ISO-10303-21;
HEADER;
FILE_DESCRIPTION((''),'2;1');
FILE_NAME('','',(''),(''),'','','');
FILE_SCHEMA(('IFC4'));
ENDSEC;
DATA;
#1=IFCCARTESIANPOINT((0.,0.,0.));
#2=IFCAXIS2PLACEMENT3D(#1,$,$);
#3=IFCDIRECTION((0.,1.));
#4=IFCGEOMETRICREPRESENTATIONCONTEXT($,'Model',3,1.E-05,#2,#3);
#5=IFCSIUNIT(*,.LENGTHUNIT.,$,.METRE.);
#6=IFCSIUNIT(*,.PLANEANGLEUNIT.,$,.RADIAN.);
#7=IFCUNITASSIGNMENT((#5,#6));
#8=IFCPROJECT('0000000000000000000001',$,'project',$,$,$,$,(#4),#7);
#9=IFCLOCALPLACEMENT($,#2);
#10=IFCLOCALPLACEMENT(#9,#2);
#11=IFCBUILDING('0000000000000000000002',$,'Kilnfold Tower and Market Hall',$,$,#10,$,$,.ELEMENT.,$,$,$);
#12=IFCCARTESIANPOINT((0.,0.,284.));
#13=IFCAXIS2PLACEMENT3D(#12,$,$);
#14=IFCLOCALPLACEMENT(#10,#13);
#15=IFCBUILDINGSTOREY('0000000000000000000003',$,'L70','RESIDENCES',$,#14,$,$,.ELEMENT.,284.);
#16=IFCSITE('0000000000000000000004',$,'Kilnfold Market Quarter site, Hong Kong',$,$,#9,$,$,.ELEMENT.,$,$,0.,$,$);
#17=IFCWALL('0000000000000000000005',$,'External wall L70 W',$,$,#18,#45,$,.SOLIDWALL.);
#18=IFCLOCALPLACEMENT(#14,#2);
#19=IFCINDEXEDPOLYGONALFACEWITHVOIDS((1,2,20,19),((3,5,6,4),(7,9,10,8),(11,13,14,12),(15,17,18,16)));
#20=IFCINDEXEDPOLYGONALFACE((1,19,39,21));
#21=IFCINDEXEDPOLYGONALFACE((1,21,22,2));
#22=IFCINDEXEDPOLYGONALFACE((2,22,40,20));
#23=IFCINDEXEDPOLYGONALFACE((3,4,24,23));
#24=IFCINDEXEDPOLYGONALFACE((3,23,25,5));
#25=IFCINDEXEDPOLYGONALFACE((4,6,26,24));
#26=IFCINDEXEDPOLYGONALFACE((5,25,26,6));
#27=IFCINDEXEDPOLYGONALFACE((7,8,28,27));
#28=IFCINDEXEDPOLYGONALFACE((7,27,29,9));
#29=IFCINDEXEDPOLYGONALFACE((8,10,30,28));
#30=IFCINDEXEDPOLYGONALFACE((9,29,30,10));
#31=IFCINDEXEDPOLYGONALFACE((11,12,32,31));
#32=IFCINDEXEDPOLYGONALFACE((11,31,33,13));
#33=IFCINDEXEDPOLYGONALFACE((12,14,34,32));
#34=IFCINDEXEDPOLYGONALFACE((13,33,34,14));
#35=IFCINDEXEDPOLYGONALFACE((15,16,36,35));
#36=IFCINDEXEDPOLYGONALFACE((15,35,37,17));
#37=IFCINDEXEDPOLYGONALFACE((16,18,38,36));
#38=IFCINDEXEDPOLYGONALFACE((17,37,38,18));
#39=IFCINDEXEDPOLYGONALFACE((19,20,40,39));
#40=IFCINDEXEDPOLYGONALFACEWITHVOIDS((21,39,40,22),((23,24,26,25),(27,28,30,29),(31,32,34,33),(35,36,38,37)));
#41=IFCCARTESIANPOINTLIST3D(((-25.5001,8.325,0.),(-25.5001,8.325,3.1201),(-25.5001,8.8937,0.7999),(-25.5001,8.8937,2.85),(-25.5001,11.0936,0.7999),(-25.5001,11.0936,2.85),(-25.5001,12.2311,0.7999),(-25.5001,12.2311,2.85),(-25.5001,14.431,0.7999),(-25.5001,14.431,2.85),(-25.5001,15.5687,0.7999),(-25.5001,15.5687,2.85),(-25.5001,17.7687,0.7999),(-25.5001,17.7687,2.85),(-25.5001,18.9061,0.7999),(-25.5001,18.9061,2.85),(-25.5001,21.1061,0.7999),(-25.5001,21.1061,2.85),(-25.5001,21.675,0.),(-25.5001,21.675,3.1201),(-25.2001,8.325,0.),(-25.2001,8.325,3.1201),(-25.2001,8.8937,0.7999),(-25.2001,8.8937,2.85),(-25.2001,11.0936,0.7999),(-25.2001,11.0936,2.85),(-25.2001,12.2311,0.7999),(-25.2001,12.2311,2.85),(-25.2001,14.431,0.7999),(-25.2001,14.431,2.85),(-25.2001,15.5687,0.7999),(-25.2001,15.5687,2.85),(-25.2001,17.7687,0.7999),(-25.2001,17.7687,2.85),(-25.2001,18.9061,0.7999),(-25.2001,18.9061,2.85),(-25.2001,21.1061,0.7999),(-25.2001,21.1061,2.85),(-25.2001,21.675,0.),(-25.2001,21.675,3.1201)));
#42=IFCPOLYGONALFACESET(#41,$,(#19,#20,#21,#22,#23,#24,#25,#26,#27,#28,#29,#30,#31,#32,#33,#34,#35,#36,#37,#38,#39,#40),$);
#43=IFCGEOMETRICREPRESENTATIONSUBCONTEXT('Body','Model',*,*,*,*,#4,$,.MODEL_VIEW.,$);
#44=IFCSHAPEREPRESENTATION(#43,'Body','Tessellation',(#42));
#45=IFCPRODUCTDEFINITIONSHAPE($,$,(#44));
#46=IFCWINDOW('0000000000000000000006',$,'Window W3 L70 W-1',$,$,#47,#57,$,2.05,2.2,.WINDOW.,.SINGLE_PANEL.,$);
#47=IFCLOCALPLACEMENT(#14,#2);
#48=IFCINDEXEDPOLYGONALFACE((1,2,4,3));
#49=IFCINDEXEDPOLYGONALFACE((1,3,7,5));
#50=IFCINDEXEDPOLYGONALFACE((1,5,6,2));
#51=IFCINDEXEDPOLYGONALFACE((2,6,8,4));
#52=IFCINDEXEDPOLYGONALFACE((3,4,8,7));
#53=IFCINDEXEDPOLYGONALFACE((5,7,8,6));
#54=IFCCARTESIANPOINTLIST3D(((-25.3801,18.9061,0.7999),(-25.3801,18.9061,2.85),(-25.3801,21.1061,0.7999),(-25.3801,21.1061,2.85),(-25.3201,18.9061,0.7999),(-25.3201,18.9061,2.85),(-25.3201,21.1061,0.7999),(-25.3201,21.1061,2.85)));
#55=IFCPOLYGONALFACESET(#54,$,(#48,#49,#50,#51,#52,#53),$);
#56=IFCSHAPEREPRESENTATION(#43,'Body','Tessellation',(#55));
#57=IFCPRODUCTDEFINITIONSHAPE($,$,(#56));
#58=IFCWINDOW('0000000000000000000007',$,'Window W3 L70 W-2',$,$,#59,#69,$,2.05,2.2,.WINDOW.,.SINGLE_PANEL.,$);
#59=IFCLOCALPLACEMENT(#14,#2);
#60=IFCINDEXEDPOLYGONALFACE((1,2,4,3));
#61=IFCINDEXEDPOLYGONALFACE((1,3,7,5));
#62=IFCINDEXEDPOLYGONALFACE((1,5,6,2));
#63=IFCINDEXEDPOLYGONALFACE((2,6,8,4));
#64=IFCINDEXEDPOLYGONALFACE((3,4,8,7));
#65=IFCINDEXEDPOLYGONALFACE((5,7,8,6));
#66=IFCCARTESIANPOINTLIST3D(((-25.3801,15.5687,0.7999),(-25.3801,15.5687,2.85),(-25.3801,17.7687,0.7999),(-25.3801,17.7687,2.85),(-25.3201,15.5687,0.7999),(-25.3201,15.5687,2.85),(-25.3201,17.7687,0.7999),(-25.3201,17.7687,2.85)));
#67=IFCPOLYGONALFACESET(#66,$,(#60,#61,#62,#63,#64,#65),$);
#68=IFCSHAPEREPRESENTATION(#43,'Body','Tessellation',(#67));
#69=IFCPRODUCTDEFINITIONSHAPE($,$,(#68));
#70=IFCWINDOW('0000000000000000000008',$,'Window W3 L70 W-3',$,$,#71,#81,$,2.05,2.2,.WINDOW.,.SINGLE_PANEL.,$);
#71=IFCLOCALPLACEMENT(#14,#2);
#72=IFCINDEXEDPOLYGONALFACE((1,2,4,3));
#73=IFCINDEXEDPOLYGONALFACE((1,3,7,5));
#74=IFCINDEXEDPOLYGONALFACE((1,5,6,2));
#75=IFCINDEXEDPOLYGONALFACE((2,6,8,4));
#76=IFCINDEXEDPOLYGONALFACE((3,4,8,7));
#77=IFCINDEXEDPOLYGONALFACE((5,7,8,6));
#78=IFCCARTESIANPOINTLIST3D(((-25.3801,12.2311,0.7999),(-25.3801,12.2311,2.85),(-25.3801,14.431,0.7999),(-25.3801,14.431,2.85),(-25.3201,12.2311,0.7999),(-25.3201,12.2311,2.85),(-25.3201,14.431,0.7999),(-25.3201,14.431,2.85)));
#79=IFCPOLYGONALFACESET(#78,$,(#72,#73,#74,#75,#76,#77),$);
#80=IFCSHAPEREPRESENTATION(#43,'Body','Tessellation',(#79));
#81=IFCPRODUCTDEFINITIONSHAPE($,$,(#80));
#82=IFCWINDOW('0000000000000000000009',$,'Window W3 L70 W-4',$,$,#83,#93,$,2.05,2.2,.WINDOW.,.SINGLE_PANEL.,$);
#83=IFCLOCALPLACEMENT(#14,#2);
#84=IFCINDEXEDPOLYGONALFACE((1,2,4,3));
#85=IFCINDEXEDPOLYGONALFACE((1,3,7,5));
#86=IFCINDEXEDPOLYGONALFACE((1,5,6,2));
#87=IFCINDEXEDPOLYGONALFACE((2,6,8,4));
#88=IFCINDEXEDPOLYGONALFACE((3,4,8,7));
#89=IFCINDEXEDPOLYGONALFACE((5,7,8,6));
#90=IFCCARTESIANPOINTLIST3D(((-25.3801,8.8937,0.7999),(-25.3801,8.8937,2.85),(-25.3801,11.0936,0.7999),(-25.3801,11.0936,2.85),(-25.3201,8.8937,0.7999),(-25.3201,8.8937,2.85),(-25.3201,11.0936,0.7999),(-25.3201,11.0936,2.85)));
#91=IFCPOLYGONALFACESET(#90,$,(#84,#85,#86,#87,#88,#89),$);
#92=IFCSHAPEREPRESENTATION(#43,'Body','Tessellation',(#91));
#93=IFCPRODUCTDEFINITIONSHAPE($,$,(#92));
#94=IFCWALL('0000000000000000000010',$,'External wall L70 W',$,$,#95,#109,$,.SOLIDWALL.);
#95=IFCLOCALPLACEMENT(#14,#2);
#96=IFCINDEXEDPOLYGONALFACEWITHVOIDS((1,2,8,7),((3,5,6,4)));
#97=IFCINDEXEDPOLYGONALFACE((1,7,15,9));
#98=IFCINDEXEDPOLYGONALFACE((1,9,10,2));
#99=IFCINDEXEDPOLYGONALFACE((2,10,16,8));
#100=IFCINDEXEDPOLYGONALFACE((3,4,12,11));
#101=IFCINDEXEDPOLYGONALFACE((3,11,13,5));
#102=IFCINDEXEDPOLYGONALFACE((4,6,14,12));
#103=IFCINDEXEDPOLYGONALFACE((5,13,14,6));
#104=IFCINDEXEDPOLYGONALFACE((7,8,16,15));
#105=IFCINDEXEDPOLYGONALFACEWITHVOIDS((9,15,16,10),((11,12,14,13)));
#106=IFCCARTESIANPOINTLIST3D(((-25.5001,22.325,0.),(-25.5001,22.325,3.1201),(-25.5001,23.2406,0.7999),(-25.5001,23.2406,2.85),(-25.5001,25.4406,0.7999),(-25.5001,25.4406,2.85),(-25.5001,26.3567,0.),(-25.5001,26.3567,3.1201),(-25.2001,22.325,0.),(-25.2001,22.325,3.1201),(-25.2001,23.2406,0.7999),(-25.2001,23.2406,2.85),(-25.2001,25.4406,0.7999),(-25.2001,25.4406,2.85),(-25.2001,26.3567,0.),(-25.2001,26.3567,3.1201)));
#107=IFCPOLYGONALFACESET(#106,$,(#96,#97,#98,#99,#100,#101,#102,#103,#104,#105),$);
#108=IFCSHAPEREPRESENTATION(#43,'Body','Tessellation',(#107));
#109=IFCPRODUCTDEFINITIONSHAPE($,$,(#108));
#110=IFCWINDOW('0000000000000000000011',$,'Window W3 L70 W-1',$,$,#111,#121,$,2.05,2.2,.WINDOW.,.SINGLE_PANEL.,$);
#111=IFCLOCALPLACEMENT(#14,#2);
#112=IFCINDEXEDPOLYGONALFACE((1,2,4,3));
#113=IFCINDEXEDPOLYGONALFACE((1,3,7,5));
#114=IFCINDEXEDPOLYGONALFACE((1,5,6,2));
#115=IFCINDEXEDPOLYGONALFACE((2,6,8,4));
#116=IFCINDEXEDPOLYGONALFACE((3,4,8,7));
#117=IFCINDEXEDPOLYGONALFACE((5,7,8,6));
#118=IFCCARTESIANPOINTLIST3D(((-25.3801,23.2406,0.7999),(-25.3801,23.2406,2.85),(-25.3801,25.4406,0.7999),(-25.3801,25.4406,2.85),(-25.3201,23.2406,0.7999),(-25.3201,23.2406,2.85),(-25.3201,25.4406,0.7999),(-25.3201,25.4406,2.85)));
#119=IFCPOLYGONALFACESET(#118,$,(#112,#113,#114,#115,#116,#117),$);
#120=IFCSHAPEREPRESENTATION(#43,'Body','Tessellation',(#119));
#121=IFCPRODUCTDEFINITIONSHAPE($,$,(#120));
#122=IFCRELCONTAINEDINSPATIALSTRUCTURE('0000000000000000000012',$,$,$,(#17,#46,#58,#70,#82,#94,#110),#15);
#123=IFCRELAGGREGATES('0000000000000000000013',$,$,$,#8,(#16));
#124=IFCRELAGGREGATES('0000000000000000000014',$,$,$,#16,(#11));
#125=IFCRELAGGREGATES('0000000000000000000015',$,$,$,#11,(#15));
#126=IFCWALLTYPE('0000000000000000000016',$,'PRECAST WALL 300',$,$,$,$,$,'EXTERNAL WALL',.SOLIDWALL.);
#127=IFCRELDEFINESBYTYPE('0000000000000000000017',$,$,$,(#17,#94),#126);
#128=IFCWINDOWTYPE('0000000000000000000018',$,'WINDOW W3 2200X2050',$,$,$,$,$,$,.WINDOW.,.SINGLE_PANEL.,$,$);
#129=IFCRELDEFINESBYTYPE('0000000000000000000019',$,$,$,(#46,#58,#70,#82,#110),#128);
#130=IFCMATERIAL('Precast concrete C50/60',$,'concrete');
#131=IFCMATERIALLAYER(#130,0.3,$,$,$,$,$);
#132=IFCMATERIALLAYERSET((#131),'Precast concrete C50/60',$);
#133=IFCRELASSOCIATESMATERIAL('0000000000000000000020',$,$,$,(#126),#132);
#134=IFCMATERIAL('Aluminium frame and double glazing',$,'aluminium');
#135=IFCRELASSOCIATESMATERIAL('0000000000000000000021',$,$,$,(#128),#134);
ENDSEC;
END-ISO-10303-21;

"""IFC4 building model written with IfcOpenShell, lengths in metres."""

from ifc_helpers import new_model, si_unit, direction, frame, frame_2d, origin, place, context, subcontext, project, spatial, rectangle, extrude, source, transform, mapped, material, layer, layer_set, type_object, element, fill, save


model = new_model("IFC4")

# Units and contexts
model_context = context("Model", 3, precision=1e-05, world=origin(), true_north=direction((0.0, 1.0)))
body_context = subcontext(model_context, "Body", "Model", "MODEL_VIEW")
ifc_project = project(units=[si_unit("LENGTHUNIT", "METRE"), si_unit("PLANEANGLEUNIT", "RADIAN")], contexts=[model_context])

# Site, building, storey
site_placement = place(None, origin())
site = spatial("IfcSite", under=ifc_project, at=site_placement, Name="Kilnfold Market Quarter site, Hong Kong", CompositionType="ELEMENT", RefElevation=0.0)
building_placement = place(site_placement, origin())
building = spatial("IfcBuilding", under=site, at=building_placement, Name="Kilnfold Tower and Market Hall", CompositionType="ELEMENT")
storey_placement = place(building_placement, frame((0.0, 0.0, 284.0)))
storey = spatial("IfcBuildingStorey", under=building, at=storey_placement, Name="L70", Description="RESIDENCES", CompositionType="ELEMENT", Elevation=284.0)

# Shared definitions
ifc_material_1 = material(Name="Precast concrete C50/60", Category="concrete")
ifc_layer_1 = layer(ifc_material_1, 0.3)
ifc_layer_set_1 = layer_set([ifc_layer_1], Name="Precast concrete C50/60")
wall_type_1 = type_object("IfcWallType", Name="PRECAST WALL 300", ElementType="EXTERNAL WALL", PredefinedType="SOLIDWALL", material=ifc_layer_set_1)
ifc_material_2 = material(Name="Aluminium frame and double glazing", Category="aluminium")
window_type = type_object("IfcWindowType", Name="WINDOW W3 2200X2050", PartitioningType="SINGLE_PANEL", PredefinedType="WINDOW", material=ifc_material_2)

# Wall, openings, windows
shared_shape_1 = source(origin(), body_context, "Body", "SweptSolid", [
    extrude(rectangle(XDim=13.3501, YDim=0.3, at=frame_2d((6.675, 0.0))), origin(), (0.0, 0.0, 1.0), 3.1201),
])
wall_1_placement = place(storey_placement, frame((-25.3501, 21.675, 0.0), z_axis=(0.0, 0.0, 1.0), x_axis=(0.0, -1.0, 0.0)))
wall_1 = element("IfcWall", 1, at=wall_1_placement, inside=storey, type_object=wall_type_1, Name="External wall L70 W", PredefinedType="SOLIDWALL", context=body_context, shape_type="MappedRepresentation", body=[
    mapped(shared_shape_1, transform((0.0, 0.0, 0.0))),
])
opening_1_placement = place(wall_1_placement, frame((0.5688, 0.0, 0.8)))
opening_1 = element("IfcOpeningElement", 2, at=opening_1_placement, cuts=wall_1, PredefinedType="OPENING", context=body_context, shape_type="SweptSolid", body=[
    extrude(rectangle(XDim=2.2, YDim=2.05, at=frame_2d((1.1001, 1.0249))), frame((0.0, 0.1602, 0.0), z_axis=(0.0, -1.0, 0.0), x_axis=(1.0, 0.0, 0.0)), (0.0, 0.0, 1.0), 0.3201),
])
opening_2_placement = place(wall_1_placement, frame((3.9062, 0.0, 0.8)))
opening_2 = element("IfcOpeningElement", 3, at=opening_2_placement, cuts=wall_1, PredefinedType="OPENING", context=body_context, shape_type="SweptSolid", body=[
    extrude(rectangle(XDim=2.2, YDim=2.05, at=frame_2d((1.1001, 1.0249))), frame((0.0, 0.1602, 0.0), z_axis=(0.0, -1.0, 0.0), x_axis=(1.0, 0.0, 0.0)), (0.0, 0.0, 1.0), 0.3201),
])
opening_3_placement = place(wall_1_placement, frame((7.2439, 0.0, 0.8)))
opening_3 = element("IfcOpeningElement", 4, at=opening_3_placement, cuts=wall_1, PredefinedType="OPENING", context=body_context, shape_type="SweptSolid", body=[
    extrude(rectangle(XDim=2.2, YDim=2.05, at=frame_2d((1.1001, 1.0249))), frame((0.0, 0.1602, 0.0), z_axis=(0.0, -1.0, 0.0), x_axis=(1.0, 0.0, 0.0)), (0.0, 0.0, 1.0), 0.3201),
])
opening_4_placement = place(wall_1_placement, frame((10.5813, 0.0, 0.8)))
opening_4 = element("IfcOpeningElement", 5, at=opening_4_placement, cuts=wall_1, PredefinedType="OPENING", context=body_context, shape_type="SweptSolid", body=[
    extrude(rectangle(XDim=2.2, YDim=2.05, at=frame_2d((1.1001, 1.0249))), frame((0.0, 0.1602, 0.0), z_axis=(0.0, -1.0, 0.0), x_axis=(1.0, 0.0, 0.0)), (0.0, 0.0, 1.0), 0.3201),
])
window_1_placement = place(opening_1_placement, origin())
window_1 = element("IfcWindow", 6, at=window_1_placement, inside=storey, type_object=window_type, Name="Window W3 L70 W-1", OverallHeight=2.05, OverallWidth=2.2, PartitioningType="SINGLE_PANEL", PredefinedType="WINDOW", context=body_context, shape_type="SweptSolid", body=[
    extrude(rectangle(XDim=2.2, YDim=2.05, at=frame_2d((1.1001, 1.0249))), frame((0.0, 0.03, 0.0), z_axis=(0.0, -1.0, 0.0), x_axis=(1.0, 0.0, 0.0)), (0.0, 0.0, 1.0), 0.0601),
])
fill(opening_1, window_1)
window_2_placement = place(opening_2_placement, origin())
window_2 = element("IfcWindow", 7, at=window_2_placement, inside=storey, type_object=window_type, Name="Window W3 L70 W-2", OverallHeight=2.05, OverallWidth=2.2, PartitioningType="SINGLE_PANEL", PredefinedType="WINDOW", context=body_context, shape_type="SweptSolid", body=[
    extrude(rectangle(XDim=2.2, YDim=2.05, at=frame_2d((1.1001, 1.0249))), frame((0.0, 0.03, 0.0), z_axis=(0.0, -1.0, 0.0), x_axis=(1.0, 0.0, 0.0)), (0.0, 0.0, 1.0), 0.0601),
])
fill(opening_2, window_2)
window_3_placement = place(opening_3_placement, origin())
window_3 = element("IfcWindow", 8, at=window_3_placement, inside=storey, type_object=window_type, Name="Window W3 L70 W-3", OverallHeight=2.05, OverallWidth=2.2, PartitioningType="SINGLE_PANEL", PredefinedType="WINDOW", context=body_context, shape_type="SweptSolid", body=[
    extrude(rectangle(XDim=2.2, YDim=2.05, at=frame_2d((1.1001, 1.0249))), frame((0.0, 0.03, 0.0), z_axis=(0.0, -1.0, 0.0), x_axis=(1.0, 0.0, 0.0)), (0.0, 0.0, 1.0), 0.0601),
])
fill(opening_3, window_3)
window_4_placement = place(opening_4_placement, origin())
window_4 = element("IfcWindow", 9, at=window_4_placement, inside=storey, type_object=window_type, Name="Window W3 L70 W-4", OverallHeight=2.05, OverallWidth=2.2, PartitioningType="SINGLE_PANEL", PredefinedType="WINDOW", context=body_context, shape_type="SweptSolid", body=[
    extrude(rectangle(XDim=2.2, YDim=2.05, at=frame_2d((1.1001, 1.0249))), frame((0.0, 0.03, 0.0), z_axis=(0.0, -1.0, 0.0), x_axis=(1.0, 0.0, 0.0)), (0.0, 0.0, 1.0), 0.0601),
])
fill(opening_4, window_4)

# Wall, opening, window
shared_shape_2 = source(origin(), body_context, "Body", "SweptSolid", [
    extrude(rectangle(XDim=4.0317, YDim=0.3, at=frame_2d((2.0159, 0.0))), origin(), (0.0, 0.0, 1.0), 3.1201),
])
wall_2_placement = place(storey_placement, frame((-25.3501, 26.3567, 0.0), z_axis=(0.0, 0.0, 1.0), x_axis=(0.0, -1.0, 0.0)))
wall_2 = element("IfcWall", 10, at=wall_2_placement, inside=storey, type_object=wall_type_1, Name="External wall L70 W", PredefinedType="SOLIDWALL", context=body_context, shape_type="MappedRepresentation", body=[
    mapped(shared_shape_2, transform((0.0, 0.0, 0.0))),
])
opening_5_placement = place(wall_2_placement, frame((0.916, 0.0, 0.8)))
opening_5 = element("IfcOpeningElement", 11, at=opening_5_placement, cuts=wall_2, PredefinedType="OPENING", context=body_context, shape_type="SweptSolid", body=[
    extrude(rectangle(XDim=2.2, YDim=2.05, at=frame_2d((1.1001, 1.0249))), frame((0.0, 0.1602, 0.0), z_axis=(0.0, -1.0, 0.0), x_axis=(1.0, 0.0, 0.0)), (0.0, 0.0, 1.0), 0.3201),
])
window_5_placement = place(opening_5_placement, origin())
window_5 = element("IfcWindow", 12, at=window_5_placement, inside=storey, type_object=window_type, Name="Window W3 L70 W-1", OverallHeight=2.05, OverallWidth=2.2, PartitioningType="SINGLE_PANEL", PredefinedType="WINDOW", context=body_context, shape_type="SweptSolid", body=[
    extrude(rectangle(XDim=2.2, YDim=2.05, at=frame_2d((1.1001, 1.0249))), frame((0.0, 0.03, 0.0), z_axis=(0.0, -1.0, 0.0), x_axis=(1.0, 0.0, 0.0)), (0.0, 0.0, 1.0), 0.0601),
])
fill(opening_5, window_5)

save(model, "model.ifc")
